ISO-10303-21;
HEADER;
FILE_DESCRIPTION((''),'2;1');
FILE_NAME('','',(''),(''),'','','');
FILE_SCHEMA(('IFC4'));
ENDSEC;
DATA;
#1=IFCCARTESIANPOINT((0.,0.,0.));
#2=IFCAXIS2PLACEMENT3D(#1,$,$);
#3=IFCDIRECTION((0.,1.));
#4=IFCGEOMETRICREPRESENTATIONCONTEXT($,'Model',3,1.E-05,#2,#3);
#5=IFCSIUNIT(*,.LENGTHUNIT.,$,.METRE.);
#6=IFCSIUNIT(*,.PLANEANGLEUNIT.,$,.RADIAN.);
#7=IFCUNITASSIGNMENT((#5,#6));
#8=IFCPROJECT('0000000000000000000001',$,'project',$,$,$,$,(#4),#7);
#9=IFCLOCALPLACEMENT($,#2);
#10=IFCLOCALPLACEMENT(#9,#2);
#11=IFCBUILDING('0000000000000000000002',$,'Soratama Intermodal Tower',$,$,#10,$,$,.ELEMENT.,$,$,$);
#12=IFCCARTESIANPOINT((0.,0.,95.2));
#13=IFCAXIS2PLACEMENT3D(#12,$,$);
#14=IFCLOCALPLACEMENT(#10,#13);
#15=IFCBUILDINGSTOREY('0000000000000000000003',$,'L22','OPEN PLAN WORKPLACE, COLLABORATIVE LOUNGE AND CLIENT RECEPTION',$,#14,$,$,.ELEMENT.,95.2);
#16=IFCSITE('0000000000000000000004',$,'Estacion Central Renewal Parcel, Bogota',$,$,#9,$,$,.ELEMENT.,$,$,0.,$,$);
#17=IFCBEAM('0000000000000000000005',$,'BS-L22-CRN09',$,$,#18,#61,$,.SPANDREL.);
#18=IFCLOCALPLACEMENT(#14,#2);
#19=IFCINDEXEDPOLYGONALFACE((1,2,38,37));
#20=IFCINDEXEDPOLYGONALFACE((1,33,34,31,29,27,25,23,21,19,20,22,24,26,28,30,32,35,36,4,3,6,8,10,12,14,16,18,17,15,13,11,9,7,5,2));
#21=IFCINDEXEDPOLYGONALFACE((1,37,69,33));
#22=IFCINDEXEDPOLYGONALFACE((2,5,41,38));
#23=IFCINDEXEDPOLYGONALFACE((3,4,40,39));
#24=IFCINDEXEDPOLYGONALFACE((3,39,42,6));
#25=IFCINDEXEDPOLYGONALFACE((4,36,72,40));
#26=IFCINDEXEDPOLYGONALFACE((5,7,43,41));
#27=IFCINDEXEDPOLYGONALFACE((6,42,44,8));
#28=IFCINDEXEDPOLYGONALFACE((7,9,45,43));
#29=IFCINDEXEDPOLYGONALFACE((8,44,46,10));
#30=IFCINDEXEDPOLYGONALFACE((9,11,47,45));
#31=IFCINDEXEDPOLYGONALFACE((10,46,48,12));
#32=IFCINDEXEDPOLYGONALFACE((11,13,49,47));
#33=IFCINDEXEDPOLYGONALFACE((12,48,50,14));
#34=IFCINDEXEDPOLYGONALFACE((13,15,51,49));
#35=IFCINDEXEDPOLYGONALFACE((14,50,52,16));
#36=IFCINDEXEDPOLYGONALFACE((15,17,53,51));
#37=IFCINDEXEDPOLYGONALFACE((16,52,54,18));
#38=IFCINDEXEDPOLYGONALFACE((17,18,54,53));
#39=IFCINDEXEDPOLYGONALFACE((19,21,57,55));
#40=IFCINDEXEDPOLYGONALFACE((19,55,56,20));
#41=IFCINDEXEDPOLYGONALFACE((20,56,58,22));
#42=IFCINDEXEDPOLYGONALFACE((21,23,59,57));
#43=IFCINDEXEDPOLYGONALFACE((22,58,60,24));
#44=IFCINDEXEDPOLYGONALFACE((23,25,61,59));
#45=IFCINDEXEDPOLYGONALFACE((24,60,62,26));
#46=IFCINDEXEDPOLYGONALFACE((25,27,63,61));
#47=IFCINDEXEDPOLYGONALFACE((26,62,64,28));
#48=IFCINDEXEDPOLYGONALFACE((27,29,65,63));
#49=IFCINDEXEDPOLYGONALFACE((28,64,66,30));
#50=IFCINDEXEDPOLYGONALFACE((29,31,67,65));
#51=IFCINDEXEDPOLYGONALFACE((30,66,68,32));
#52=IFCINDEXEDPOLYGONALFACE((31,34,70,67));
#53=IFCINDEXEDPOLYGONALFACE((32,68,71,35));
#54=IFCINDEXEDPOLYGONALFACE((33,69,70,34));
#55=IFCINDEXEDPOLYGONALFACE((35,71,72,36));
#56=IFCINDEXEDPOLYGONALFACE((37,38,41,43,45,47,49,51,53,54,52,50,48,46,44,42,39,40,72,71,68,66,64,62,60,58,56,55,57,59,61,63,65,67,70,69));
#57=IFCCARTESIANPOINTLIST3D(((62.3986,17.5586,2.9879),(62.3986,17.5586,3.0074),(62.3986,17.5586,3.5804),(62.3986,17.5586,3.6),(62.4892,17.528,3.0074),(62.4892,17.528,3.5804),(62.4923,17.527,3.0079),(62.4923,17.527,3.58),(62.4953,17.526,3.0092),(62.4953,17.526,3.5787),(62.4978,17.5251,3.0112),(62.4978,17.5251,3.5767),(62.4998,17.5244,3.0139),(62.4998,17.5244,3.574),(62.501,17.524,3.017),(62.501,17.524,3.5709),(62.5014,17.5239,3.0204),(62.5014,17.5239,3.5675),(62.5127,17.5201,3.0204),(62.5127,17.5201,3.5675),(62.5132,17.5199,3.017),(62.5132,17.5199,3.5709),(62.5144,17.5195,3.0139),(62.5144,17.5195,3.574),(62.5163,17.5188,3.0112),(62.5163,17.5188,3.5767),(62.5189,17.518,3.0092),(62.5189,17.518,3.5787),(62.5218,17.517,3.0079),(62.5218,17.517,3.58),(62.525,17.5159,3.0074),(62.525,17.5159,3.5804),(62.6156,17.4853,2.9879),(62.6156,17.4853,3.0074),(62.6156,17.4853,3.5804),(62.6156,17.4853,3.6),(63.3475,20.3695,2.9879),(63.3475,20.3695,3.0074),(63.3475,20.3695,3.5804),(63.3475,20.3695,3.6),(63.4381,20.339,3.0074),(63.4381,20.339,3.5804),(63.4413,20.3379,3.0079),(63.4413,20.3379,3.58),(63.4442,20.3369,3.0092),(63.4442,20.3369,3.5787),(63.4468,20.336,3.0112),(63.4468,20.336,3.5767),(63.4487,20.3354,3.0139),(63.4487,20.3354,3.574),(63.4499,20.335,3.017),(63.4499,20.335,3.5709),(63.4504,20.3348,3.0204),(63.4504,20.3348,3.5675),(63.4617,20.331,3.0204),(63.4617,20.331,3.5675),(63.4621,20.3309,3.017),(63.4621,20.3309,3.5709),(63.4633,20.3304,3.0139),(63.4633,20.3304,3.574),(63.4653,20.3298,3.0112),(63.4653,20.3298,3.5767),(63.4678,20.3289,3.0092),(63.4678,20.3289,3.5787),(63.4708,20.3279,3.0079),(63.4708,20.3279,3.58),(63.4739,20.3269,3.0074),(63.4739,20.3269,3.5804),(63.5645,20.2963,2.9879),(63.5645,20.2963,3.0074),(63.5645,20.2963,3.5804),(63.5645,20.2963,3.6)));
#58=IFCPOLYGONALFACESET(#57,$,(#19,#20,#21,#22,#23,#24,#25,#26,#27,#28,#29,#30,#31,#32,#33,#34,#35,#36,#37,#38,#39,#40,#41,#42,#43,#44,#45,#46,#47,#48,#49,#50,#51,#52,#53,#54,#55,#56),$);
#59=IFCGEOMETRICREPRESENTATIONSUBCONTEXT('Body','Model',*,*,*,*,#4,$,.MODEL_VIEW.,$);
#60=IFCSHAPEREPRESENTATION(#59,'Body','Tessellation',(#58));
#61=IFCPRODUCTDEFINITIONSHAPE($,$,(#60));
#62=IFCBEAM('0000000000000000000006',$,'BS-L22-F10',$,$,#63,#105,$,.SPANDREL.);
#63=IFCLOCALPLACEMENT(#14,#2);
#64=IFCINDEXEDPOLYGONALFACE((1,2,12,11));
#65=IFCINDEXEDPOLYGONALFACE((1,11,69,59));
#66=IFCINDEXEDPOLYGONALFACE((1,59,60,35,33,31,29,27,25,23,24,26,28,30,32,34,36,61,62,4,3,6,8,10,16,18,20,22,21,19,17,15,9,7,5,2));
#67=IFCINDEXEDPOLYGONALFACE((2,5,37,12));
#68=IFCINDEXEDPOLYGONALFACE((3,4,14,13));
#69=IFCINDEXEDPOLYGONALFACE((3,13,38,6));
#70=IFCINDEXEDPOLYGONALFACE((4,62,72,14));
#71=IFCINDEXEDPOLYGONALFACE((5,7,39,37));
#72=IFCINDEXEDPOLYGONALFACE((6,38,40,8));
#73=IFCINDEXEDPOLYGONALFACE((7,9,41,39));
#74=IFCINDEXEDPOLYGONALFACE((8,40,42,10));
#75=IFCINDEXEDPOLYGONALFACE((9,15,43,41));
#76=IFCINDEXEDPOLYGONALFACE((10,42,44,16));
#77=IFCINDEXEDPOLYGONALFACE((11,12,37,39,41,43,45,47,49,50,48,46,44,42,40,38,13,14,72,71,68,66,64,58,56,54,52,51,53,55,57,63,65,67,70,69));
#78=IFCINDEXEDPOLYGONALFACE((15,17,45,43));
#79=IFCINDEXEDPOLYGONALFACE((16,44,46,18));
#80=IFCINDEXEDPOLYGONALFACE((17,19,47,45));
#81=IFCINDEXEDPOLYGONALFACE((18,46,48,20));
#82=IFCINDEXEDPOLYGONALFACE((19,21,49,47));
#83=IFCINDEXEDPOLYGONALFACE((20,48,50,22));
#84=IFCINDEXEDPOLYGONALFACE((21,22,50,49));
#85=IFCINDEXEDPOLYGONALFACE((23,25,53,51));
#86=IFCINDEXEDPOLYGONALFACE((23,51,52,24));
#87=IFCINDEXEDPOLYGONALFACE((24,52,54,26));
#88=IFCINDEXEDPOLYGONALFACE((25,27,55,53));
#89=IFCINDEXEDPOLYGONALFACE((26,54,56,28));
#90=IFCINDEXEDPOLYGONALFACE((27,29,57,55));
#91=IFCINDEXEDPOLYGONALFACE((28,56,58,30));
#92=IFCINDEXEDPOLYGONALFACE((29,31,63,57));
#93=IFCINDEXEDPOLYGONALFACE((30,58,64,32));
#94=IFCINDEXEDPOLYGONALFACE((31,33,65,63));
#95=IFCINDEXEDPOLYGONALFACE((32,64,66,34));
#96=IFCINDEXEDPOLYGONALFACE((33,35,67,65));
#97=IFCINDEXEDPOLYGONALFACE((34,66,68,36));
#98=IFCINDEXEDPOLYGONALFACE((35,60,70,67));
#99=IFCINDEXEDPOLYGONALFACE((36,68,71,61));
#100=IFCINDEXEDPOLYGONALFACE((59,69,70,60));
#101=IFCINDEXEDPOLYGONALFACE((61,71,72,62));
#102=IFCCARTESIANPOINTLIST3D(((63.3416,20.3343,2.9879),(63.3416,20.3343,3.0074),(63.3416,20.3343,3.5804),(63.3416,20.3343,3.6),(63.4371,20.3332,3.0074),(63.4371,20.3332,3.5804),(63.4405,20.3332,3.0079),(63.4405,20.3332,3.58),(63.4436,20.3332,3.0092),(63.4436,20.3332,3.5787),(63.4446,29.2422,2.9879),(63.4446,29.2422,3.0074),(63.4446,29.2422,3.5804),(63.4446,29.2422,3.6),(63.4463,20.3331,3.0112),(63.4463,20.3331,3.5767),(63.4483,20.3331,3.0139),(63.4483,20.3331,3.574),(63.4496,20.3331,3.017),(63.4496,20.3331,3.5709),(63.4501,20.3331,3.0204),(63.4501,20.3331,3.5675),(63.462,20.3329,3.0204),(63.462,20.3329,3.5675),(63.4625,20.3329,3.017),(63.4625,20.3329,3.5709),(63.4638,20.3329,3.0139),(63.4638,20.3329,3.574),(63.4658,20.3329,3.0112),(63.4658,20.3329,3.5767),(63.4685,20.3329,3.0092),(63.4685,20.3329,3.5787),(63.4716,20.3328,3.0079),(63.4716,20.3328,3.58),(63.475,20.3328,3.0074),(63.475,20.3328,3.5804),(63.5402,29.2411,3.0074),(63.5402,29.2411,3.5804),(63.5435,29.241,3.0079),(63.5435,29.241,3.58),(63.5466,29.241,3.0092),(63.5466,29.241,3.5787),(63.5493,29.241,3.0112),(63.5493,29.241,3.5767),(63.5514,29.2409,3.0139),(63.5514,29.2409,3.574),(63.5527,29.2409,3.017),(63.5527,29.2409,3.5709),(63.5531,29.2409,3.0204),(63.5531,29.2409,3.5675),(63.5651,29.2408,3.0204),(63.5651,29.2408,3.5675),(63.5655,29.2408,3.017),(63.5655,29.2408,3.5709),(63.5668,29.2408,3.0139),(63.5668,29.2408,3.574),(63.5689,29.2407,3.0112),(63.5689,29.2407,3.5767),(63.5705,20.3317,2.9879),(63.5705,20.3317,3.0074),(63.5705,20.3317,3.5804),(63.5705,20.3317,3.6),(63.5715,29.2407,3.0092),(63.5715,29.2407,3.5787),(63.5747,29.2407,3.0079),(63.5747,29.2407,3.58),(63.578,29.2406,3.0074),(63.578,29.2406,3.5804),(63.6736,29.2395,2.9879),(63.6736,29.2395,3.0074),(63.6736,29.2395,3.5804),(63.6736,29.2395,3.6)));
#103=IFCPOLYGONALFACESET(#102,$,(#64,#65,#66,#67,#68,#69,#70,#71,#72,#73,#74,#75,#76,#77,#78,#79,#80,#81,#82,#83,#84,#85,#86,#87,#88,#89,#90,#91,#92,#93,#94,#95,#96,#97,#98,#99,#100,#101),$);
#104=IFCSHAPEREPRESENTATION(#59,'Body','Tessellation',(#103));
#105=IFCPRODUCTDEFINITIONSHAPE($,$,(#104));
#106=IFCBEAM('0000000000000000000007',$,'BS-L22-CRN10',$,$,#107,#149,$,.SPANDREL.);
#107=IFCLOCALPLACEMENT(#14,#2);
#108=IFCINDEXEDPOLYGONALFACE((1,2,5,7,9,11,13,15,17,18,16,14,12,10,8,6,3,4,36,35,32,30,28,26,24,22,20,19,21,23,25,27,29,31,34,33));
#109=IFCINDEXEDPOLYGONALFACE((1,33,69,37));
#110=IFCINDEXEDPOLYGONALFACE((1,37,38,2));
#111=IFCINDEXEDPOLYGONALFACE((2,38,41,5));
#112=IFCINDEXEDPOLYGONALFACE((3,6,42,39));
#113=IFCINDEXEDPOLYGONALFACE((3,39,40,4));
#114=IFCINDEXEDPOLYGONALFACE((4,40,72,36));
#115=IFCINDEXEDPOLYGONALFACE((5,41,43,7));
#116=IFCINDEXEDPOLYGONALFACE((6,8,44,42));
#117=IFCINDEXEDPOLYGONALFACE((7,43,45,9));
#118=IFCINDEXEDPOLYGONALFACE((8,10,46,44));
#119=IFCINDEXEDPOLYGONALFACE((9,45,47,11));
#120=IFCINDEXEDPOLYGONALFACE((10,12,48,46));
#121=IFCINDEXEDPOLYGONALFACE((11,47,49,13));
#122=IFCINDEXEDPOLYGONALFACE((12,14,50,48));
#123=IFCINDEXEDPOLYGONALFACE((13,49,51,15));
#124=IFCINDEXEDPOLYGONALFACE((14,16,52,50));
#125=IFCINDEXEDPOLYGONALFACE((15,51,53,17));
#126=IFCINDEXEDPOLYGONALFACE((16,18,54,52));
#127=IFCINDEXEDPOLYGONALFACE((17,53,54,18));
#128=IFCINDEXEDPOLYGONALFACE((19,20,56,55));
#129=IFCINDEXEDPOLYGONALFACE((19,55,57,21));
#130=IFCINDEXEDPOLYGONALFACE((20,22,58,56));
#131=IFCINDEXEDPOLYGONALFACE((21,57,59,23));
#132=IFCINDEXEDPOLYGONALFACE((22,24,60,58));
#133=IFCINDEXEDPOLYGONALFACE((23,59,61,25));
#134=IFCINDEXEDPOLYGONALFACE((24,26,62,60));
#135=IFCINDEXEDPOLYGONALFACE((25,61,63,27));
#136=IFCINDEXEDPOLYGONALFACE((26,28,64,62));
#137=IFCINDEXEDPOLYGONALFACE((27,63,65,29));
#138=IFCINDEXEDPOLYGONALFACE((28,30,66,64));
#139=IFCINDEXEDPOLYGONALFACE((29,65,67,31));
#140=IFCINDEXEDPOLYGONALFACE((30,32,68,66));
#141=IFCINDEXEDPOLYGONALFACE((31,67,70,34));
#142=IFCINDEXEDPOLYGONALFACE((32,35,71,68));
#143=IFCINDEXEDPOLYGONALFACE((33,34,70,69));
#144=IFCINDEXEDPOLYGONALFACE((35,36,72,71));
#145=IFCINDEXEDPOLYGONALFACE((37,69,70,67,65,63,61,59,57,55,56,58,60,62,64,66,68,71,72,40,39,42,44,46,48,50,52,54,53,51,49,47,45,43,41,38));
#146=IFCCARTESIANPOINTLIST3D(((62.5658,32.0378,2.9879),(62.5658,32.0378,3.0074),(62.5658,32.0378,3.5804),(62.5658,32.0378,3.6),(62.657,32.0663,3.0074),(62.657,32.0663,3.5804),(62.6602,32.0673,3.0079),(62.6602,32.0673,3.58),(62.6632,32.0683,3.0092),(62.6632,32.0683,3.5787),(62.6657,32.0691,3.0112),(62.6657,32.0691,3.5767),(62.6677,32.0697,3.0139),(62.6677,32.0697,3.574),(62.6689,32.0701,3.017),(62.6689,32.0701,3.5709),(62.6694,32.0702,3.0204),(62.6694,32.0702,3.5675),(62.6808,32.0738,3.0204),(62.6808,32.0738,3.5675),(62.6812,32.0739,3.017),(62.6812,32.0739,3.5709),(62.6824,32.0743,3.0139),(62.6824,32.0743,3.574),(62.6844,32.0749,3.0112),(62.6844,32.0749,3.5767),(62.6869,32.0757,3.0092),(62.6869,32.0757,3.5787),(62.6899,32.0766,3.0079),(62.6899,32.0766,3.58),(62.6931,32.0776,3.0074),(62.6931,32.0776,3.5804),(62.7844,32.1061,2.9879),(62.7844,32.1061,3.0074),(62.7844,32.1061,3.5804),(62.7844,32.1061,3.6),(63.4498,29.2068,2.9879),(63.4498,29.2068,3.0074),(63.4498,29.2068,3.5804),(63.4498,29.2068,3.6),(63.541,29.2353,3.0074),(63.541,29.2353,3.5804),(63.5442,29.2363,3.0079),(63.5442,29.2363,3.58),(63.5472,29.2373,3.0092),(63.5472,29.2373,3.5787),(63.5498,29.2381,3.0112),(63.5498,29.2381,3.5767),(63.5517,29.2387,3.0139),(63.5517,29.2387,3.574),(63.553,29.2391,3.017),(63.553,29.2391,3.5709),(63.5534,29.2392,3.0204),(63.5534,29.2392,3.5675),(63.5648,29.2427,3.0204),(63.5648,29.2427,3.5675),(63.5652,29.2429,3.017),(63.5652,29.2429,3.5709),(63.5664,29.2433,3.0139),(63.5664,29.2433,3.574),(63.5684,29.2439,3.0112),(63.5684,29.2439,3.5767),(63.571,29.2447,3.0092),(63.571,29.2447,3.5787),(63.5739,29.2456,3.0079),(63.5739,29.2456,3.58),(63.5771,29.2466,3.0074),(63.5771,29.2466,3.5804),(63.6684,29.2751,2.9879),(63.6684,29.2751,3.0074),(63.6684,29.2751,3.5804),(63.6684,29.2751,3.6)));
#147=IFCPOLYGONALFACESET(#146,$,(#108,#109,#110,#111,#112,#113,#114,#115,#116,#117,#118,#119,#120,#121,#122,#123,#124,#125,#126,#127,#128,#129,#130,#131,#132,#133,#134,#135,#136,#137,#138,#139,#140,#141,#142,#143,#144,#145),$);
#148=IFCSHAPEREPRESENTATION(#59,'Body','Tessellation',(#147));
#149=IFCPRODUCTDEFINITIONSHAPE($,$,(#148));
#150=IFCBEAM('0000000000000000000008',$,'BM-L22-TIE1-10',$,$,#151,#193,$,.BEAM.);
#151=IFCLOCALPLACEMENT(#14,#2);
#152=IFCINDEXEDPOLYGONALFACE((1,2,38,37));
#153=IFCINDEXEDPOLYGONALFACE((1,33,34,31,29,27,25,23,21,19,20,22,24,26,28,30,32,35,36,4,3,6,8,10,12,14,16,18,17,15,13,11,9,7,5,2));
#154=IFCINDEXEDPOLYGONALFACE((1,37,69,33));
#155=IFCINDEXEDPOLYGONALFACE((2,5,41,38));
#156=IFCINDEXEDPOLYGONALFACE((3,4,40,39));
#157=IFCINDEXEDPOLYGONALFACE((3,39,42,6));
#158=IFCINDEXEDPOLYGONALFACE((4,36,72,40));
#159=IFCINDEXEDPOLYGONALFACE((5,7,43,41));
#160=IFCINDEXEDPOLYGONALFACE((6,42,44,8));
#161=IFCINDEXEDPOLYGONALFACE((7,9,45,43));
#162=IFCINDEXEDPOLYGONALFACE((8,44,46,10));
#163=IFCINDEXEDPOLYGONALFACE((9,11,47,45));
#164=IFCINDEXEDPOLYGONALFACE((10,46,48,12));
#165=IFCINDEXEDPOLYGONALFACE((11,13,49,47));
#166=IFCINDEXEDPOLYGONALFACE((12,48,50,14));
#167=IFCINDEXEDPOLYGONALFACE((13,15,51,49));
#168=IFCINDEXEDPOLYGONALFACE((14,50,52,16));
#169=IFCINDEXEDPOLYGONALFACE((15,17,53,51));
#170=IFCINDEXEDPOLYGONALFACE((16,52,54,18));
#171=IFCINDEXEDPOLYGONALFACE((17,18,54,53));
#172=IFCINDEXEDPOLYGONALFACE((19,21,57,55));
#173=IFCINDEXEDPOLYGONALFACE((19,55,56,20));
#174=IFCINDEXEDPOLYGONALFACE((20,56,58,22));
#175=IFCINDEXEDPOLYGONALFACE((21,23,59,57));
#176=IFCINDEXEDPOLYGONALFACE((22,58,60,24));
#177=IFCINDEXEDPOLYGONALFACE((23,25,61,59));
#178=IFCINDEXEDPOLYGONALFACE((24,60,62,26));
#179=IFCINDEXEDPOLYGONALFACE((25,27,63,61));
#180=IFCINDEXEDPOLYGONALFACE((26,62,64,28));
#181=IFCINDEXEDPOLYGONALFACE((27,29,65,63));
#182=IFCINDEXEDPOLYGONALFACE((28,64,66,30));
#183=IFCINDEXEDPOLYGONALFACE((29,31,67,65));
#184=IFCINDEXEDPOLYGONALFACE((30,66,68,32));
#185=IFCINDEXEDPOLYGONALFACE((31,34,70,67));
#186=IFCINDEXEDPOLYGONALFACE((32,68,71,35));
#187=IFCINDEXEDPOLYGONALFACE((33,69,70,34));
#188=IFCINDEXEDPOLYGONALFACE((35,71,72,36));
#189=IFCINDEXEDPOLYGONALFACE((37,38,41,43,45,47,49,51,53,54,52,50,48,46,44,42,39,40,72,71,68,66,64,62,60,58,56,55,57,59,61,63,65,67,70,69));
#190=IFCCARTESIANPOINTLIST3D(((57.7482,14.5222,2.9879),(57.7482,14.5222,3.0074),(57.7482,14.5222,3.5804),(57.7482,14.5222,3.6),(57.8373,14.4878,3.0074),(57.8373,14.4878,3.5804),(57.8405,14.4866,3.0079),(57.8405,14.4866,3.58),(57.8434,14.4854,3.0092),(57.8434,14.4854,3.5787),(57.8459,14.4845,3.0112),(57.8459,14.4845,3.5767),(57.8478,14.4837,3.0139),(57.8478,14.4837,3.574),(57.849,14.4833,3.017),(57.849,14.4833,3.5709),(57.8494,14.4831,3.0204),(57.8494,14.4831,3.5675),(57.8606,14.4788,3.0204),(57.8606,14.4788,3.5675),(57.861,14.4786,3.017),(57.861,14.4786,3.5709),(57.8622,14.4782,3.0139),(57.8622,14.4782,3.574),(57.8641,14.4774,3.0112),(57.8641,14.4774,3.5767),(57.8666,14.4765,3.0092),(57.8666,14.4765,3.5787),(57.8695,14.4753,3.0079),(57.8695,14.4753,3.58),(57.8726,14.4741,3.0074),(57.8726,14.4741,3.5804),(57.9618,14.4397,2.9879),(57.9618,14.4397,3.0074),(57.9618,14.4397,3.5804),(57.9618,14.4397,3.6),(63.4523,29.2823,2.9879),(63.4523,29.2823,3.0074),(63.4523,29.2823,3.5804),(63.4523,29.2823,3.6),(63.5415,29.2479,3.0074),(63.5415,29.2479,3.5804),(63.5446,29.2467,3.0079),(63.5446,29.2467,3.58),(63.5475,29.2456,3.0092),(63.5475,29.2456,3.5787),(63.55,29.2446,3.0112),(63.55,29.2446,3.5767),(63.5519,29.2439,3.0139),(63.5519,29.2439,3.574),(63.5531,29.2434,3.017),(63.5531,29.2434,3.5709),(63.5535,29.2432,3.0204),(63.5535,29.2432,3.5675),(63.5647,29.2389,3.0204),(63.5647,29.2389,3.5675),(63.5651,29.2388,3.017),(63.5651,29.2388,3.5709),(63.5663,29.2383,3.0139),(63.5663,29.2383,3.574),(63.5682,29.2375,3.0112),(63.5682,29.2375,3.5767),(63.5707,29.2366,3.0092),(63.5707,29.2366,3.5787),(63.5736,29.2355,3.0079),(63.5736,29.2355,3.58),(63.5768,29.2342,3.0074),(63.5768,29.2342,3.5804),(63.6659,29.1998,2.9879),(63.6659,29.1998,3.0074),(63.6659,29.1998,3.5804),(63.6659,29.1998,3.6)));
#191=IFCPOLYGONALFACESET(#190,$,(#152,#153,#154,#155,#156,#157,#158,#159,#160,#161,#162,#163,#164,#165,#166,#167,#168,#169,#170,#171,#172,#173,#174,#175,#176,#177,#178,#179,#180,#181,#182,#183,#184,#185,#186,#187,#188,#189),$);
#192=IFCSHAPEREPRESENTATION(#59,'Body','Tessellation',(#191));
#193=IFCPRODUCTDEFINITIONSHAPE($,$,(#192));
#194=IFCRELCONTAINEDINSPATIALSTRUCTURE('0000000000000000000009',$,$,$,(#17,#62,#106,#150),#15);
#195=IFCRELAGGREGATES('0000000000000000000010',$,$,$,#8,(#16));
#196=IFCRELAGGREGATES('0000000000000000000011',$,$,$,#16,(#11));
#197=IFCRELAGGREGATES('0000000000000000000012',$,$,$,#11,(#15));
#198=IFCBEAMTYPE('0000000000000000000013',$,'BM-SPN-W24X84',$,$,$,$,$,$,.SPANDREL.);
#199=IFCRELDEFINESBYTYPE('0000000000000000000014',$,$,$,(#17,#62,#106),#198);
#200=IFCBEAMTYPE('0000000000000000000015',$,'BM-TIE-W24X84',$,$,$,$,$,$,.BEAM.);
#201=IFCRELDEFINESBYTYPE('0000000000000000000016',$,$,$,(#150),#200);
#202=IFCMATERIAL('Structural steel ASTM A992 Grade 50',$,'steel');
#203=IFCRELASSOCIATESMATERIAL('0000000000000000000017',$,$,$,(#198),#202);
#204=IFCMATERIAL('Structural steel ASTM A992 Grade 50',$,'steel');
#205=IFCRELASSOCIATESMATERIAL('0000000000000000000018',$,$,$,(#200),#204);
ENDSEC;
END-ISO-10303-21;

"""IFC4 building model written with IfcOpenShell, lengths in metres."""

from ifc_helpers import new_model, si_unit, direction, frame, origin, origin_2d, place, context, subcontext, project, spatial, i_section, extrude, material, material_profile, profile_set, type_object, element, save


model = new_model("IFC4")

# Units and contexts
model_context = context("Model", 3, precision=1e-05, world=origin(), true_north=direction((0.0, 1.0)))
body_context = subcontext(model_context, "Body", "Model", "MODEL_VIEW")
ifc_project = project(units=[si_unit("LENGTHUNIT", "METRE"), si_unit("PLANEANGLEUNIT", "RADIAN")], contexts=[model_context])

# Site, building, storey
site_placement = place(None, origin())
site = spatial("IfcSite", under=ifc_project, at=site_placement, Name="Estacion Central Renewal Parcel, Bogota", CompositionType="ELEMENT", RefElevation=0.0)
building_placement = place(site_placement, origin())
building = spatial("IfcBuilding", under=site, at=building_placement, Name="Soratama Intermodal Tower", CompositionType="ELEMENT")
storey_placement = place(building_placement, frame((0.0, 0.0, 95.2)))
storey = spatial("IfcBuildingStorey", under=building, at=storey_placement, Name="L22", Description="OPEN PLAN WORKPLACE, COLLABORATIVE LOUNGE AND CLIENT RECEPTION", CompositionType="ELEMENT", Elevation=95.2)

# Beams
ifc_material_1 = material(Name="Structural steel ASTM A992 Grade 50", Category="steel")
ifc_material_profile_1 = material_profile(ifc_material_1, i_section(OverallWidth=0.229, OverallDepth=0.6121, WebThickness=0.012, FlangeThickness=0.0195, FilletRadius=0.0129, at=origin_2d()), Name="W24X84")
ifc_profile_set_1 = profile_set([ifc_material_profile_1], Name="Structural steel ASTM A992 Grade 50")
beam_type_1 = type_object("IfcBeamType", Name="BM-SPN-W24X84", PredefinedType="SPANDREL", material=ifc_profile_set_1)
beam_1_placement = place(storey_placement, frame((62.5071, 17.522, 3.2939), z_axis=(0.319854, 0.947467, 0.0), x_axis=(-0.947467, 0.319854, 0.0)))
element("IfcBeam", 1, at=beam_1_placement, inside=storey, type_object=beam_type_1, Name="BS-L22-CRN09", PredefinedType="SPANDREL", context=body_context, shape_type="SweptSolid", body=[
    extrude(i_section(OverallWidth=0.229, OverallDepth=0.6121, WebThickness=0.012, FlangeThickness=0.0195, FilletRadius=0.0129, at=origin_2d()), origin(), (0.0, 0.0, 1.0), 2.9668),
])
beam_2_placement = place(storey_placement, frame((63.4561, 20.333, 3.2939), z_axis=(0.011565, 0.999933, 0.0), x_axis=(-0.999933, 0.011565, 0.0)))
element("IfcBeam", 2, at=beam_2_placement, inside=storey, type_object=beam_type_1, Name="BS-L22-F10", PredefinedType="SPANDREL", context=body_context, shape_type="SweptSolid", body=[
    extrude(i_section(OverallWidth=0.229, OverallDepth=0.6121, WebThickness=0.012, FlangeThickness=0.0195, FilletRadius=0.0129, at=origin_2d()), origin(), (0.0, 0.0, 1.0), 8.9084),
])
beam_3_placement = place(storey_placement, frame((63.5591, 29.241, 3.2939), z_axis=(-0.298069, 0.954544, 0.0), x_axis=(-0.954544, -0.298069, 0.0)))
element("IfcBeam", 3, at=beam_3_placement, inside=storey, type_object=beam_type_1, Name="BS-L22-CRN10", PredefinedType="SPANDREL", context=body_context, shape_type="SweptSolid", body=[
    extrude(i_section(OverallWidth=0.229, OverallDepth=0.6121, WebThickness=0.012, FlangeThickness=0.0195, FilletRadius=0.0129, at=origin_2d()), origin(), (0.0, 0.0, 1.0), 2.9658),
])
ifc_material_2 = material(Name="Structural steel ASTM A992 Grade 50", Category="steel")
ifc_material_profile_2 = material_profile(ifc_material_2, i_section(OverallWidth=0.229, OverallDepth=0.6121, WebThickness=0.012, FlangeThickness=0.0195, FilletRadius=0.0129, at=origin_2d()), Name="W24X84")
ifc_profile_set_2 = profile_set([ifc_material_profile_2], Name="Structural steel ASTM A992 Grade 50")
beam_type_2 = type_object("IfcBeamType", Name="BM-TIE-W24X84", PredefinedType="BEAM", material=ifc_profile_set_2)
beam_4_placement = place(storey_placement, frame((57.855, 14.481, 3.2939), z_axis=(0.360475, 0.932769, 0.0), x_axis=(-0.932769, 0.360475, 0.0)))
element("IfcBeam", 4, at=beam_4_placement, inside=storey, type_object=beam_type_2, Name="BM-L22-TIE1-10", PredefinedType="BEAM", context=body_context, shape_type="SweptSolid", body=[
    extrude(i_section(OverallWidth=0.229, OverallDepth=0.6121, WebThickness=0.012, FlangeThickness=0.0195, FilletRadius=0.0129, at=origin_2d()), origin(), (0.0, 0.0, 1.0), 15.824),
])

save(model, "model.ifc")
